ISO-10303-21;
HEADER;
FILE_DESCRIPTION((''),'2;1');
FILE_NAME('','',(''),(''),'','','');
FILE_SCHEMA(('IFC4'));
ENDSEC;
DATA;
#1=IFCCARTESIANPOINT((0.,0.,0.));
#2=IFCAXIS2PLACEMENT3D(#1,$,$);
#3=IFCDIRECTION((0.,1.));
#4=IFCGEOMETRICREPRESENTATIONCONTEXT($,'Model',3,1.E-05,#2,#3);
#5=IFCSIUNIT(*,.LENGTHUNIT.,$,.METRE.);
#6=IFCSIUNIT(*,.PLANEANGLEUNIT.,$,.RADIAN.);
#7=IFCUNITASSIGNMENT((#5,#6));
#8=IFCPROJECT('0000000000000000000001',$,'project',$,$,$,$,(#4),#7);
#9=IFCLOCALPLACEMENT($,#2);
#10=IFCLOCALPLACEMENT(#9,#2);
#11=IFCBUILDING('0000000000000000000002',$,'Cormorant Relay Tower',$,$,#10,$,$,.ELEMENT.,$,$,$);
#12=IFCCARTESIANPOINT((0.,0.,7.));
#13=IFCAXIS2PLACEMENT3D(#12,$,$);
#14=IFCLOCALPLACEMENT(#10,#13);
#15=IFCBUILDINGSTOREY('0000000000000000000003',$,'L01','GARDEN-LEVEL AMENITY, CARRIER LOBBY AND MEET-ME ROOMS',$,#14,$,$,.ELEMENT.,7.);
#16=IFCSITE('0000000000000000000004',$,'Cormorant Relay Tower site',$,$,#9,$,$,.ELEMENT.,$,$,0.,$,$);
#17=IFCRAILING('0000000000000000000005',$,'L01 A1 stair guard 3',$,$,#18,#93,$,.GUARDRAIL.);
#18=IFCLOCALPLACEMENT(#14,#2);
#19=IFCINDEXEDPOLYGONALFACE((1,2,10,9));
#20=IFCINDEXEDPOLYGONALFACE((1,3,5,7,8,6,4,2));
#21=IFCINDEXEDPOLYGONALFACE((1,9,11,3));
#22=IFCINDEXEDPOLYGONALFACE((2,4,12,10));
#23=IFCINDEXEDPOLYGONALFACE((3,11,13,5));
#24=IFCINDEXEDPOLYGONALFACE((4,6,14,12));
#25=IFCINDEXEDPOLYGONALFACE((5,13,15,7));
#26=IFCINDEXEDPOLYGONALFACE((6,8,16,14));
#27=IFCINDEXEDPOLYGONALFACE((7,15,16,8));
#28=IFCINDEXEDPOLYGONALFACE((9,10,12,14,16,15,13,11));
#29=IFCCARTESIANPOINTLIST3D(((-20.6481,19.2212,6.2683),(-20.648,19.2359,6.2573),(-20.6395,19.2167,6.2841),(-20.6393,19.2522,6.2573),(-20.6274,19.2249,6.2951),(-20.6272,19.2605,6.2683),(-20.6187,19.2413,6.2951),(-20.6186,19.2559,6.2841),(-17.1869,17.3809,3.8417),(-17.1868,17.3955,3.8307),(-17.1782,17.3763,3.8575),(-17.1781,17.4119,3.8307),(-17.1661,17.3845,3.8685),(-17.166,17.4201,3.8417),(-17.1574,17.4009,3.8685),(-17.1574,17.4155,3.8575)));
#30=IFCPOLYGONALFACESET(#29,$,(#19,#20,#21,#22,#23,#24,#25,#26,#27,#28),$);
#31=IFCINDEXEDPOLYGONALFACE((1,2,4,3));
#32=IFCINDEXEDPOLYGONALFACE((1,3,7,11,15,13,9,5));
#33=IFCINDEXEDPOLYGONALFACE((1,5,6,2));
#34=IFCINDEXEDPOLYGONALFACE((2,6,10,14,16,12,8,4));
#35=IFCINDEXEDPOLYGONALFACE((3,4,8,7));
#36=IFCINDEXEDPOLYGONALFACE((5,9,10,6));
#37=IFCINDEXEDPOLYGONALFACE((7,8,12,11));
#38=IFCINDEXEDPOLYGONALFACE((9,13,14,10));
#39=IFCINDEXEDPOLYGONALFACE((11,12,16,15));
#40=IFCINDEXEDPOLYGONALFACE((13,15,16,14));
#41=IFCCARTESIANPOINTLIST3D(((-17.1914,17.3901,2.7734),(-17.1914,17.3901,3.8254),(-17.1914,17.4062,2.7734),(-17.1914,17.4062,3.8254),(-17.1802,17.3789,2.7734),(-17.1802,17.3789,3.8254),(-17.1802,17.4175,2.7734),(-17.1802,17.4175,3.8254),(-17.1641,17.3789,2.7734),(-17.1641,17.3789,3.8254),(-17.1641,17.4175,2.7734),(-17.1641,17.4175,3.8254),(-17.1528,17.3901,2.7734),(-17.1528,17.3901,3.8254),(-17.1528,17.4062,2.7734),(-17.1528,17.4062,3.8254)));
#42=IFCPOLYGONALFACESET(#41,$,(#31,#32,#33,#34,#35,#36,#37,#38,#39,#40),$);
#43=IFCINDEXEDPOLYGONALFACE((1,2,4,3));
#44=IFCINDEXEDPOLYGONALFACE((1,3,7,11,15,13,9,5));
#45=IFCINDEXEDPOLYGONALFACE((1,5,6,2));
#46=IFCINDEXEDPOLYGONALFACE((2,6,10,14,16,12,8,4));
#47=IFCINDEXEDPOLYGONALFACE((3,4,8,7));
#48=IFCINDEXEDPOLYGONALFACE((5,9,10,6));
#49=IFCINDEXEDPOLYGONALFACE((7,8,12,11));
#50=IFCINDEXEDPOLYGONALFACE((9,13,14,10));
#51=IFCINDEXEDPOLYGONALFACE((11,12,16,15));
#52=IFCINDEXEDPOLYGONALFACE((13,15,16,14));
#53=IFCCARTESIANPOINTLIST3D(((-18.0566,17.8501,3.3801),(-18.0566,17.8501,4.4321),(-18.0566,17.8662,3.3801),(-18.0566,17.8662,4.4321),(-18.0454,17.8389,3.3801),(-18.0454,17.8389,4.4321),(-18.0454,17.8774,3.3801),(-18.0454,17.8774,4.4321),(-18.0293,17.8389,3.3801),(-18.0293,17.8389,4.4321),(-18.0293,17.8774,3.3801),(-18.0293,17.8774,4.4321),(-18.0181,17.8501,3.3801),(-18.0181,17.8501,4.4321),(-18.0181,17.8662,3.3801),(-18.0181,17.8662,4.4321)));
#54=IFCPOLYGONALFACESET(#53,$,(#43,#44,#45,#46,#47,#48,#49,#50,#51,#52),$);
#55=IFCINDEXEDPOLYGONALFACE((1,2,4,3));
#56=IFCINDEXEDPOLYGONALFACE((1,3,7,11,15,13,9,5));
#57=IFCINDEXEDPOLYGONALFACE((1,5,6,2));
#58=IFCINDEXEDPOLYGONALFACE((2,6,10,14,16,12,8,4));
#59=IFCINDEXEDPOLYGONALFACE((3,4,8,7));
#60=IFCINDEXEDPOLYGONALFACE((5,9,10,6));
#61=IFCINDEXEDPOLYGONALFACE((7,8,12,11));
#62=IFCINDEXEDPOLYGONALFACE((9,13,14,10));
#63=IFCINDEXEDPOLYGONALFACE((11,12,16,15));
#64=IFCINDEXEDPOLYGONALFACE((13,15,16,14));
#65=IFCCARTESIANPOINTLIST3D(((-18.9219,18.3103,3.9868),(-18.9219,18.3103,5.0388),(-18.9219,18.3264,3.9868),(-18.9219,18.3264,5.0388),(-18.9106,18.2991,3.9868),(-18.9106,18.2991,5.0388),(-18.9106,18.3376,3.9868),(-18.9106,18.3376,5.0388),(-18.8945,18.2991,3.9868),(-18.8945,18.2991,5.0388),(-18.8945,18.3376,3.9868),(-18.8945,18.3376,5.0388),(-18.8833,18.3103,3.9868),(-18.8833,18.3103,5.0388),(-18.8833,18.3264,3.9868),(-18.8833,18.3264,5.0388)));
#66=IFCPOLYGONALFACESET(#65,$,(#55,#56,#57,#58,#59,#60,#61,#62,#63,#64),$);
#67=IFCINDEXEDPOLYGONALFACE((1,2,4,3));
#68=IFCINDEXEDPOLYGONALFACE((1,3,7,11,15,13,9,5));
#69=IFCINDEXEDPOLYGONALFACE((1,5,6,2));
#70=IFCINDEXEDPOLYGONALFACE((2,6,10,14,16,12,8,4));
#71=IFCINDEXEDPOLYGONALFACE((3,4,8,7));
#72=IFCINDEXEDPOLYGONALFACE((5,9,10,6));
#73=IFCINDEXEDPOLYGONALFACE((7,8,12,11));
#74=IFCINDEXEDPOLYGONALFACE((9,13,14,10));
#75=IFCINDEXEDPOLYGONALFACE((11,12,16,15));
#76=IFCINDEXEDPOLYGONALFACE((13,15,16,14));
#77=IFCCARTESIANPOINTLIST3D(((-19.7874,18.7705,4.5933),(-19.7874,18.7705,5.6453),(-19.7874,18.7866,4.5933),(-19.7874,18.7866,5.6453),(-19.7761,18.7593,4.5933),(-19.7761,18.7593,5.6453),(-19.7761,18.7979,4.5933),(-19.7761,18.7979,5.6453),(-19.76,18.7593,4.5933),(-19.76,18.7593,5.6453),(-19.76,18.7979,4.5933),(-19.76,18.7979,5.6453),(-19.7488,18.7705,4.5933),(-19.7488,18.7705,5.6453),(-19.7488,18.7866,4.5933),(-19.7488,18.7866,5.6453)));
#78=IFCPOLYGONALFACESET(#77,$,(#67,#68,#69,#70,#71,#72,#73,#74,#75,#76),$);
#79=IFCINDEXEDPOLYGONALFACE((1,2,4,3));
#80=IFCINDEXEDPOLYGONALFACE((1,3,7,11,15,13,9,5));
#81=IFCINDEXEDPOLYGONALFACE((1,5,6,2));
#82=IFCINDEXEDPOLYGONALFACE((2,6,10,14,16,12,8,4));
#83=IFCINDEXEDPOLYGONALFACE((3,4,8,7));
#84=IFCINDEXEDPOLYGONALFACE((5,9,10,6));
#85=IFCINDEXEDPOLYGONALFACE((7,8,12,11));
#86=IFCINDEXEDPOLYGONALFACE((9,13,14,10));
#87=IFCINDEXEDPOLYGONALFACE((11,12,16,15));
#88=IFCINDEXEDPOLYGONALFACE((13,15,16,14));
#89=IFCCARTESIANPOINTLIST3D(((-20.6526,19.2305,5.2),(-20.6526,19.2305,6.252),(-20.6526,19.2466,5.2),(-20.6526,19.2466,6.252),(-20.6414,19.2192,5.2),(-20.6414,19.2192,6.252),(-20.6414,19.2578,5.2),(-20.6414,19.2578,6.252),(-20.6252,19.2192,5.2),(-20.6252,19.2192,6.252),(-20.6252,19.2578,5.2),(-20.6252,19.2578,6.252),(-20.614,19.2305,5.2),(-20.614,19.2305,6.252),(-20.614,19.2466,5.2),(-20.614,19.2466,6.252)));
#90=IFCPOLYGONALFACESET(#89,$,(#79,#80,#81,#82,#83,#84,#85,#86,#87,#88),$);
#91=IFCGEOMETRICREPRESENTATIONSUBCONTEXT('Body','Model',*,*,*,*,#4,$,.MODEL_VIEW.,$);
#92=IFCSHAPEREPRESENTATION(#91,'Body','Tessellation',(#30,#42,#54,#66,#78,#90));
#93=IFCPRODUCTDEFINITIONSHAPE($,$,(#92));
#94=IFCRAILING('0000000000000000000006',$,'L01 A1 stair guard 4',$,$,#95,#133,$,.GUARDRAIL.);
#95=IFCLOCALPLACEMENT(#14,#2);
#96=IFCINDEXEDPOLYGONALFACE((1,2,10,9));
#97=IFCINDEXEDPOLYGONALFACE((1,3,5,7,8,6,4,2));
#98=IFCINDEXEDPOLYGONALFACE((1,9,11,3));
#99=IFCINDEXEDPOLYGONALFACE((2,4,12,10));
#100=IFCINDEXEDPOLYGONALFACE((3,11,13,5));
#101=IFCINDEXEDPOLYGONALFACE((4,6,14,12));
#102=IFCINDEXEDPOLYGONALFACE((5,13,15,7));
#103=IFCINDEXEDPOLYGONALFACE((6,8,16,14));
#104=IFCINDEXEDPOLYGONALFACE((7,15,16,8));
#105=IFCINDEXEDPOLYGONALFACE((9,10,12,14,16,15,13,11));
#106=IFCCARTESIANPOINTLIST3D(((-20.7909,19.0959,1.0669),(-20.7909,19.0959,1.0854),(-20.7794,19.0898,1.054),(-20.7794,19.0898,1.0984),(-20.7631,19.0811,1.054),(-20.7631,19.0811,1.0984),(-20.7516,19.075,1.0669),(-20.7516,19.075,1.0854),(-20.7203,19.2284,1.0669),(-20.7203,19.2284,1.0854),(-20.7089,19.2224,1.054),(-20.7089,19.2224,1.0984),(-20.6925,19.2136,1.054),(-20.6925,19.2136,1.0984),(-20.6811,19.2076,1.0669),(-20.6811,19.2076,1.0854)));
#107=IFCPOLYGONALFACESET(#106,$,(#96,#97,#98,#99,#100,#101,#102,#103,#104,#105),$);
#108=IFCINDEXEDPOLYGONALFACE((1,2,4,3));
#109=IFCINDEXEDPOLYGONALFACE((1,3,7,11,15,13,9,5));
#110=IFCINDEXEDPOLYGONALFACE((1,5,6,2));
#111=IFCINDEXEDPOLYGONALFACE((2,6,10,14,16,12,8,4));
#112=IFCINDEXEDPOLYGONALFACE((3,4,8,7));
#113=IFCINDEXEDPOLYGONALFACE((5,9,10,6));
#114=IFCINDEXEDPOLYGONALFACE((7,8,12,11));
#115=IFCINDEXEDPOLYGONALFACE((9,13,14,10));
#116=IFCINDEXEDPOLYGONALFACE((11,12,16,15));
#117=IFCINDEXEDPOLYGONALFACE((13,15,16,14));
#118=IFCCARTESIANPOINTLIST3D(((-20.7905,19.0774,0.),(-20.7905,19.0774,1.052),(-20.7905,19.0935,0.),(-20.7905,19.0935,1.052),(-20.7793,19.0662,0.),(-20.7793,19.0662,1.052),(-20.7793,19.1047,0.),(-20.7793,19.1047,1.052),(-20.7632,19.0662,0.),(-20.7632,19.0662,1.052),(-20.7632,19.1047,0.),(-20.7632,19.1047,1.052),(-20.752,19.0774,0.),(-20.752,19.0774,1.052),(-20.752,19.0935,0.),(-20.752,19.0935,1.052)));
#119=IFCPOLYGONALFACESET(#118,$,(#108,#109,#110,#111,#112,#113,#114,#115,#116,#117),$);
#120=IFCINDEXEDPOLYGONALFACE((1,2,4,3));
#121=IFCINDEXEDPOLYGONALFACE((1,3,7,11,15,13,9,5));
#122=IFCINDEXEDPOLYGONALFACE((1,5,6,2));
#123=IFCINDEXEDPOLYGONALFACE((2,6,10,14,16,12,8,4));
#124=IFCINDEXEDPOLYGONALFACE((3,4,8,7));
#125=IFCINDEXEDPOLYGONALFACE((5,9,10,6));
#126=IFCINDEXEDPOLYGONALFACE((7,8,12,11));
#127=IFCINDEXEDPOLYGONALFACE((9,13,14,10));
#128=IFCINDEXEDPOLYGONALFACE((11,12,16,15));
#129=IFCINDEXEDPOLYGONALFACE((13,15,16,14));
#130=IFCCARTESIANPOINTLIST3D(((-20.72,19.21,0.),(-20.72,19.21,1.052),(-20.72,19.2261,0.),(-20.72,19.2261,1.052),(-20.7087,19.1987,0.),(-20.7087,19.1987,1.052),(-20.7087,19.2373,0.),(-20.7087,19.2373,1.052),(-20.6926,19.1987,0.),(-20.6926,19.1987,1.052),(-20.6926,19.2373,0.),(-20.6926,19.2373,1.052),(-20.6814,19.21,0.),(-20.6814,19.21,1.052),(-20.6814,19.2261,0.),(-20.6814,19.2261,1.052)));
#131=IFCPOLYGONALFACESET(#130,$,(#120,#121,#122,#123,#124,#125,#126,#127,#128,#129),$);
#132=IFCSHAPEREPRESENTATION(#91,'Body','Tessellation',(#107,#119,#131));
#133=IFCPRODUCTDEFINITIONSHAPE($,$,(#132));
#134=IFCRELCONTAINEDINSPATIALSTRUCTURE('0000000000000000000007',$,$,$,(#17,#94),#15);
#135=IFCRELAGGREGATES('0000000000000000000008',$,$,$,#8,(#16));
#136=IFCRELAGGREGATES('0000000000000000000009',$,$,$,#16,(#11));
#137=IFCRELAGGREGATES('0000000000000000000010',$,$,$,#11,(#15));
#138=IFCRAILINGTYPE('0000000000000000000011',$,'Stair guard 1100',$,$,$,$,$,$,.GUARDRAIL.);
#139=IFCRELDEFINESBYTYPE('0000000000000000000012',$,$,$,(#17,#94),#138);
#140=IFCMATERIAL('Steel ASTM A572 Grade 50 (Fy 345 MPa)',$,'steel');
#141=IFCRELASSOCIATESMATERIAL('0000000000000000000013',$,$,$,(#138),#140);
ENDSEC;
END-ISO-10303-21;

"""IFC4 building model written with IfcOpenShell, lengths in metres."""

from ifc_helpers import new_model, si_unit, direction, frame, origin, place, context, subcontext, project, spatial, polyline, outline, extrude, material, type_object, element, save


model = new_model("IFC4")

# Units and contexts
model_context = context("Model", 3, precision=1e-05, world=origin(), true_north=direction((0.0, 1.0)))
body_context = subcontext(model_context, "Body", "Model", "MODEL_VIEW")
ifc_project = project(units=[si_unit("LENGTHUNIT", "METRE"), si_unit("PLANEANGLEUNIT", "RADIAN")], contexts=[model_context])

# Site, building, storey
site_placement = place(None, origin())
site = spatial("IfcSite", under=ifc_project, at=site_placement, Name="Cormorant Relay Tower site", CompositionType="ELEMENT", RefElevation=0.0)
building_placement = place(site_placement, origin())
building = spatial("IfcBuilding", under=site, at=building_placement, Name="Cormorant Relay Tower", CompositionType="ELEMENT")
storey_placement = place(building_placement, frame((0.0, 0.0, 7.0)))
storey = spatial("IfcBuildingStorey", under=building, at=storey_placement, Name="L01", Description="GARDEN-LEVEL AMENITY, CARRIER LOBBY AND MEET-ME ROOMS", CompositionType="ELEMENT", Elevation=7.0)

# Railings
ifc_material_1 = material(Name="Steel ASTM A572 Grade 50 (Fy 345 MPa)", Category="steel")
railing_type_1 = type_object("IfcRailingType", Name="Stair guard 1100", PredefinedType="GUARDRAIL", material=ifc_material_1)
railing_1_placement = place(storey_placement, frame((-17.1721, 17.3982, 2.7734)))
element("IfcRailing", 1, at=railing_1_placement, inside=storey, type_object=railing_type_1, Name="L01 A1 stair guard 3", PredefinedType="GUARDRAIL", context=body_context, shape_type="SweptSolid", body=[
    extrude(outline(polyline([(0.0222, 0.0093), (0.0093, 0.0222), (-0.0093, 0.0222), (-0.0222, 0.0093), (-0.0222, -0.0093), (-0.0093, -0.0222), (0.0093, -0.0222), (0.0222, -0.0093), (0.0222, 0.0093)])), frame((0.0, 0.0, 1.0762), z_axis=(-0.750755, 0.399181, 0.526328), x_axis=(-0.469469, -0.882949, 0.0)), (0.0, 0.0, 1.0), 4.6104),
    extrude(outline(polyline([(0.0193, 0.0081), (0.0081, 0.0193), (-0.0081, 0.0193), (-0.0193, 0.0081), (-0.0193, -0.0081), (-0.0081, -0.0193), (0.0081, -0.0193), (0.0193, -0.0081), (0.0193, 0.0081)])), origin(), (0.0, 0.0, 1.0), 1.052),
    extrude(outline(polyline([(0.0193, 0.0081), (0.0081, 0.0193), (-0.0081, 0.0193), (-0.0193, 0.0081), (-0.0193, -0.0081), (-0.0081, -0.0193), (0.0081, -0.0193), (0.0193, -0.0081), (0.0193, 0.0081)])), frame((-0.8652, 0.46, 0.6067)), (0.0, 0.0, 1.0), 1.052),
    extrude(outline(polyline([(0.0193, 0.0081), (0.0081, 0.0193), (-0.0081, 0.0193), (-0.0193, 0.0081), (-0.0193, -0.0081), (-0.0081, -0.0193), (0.0081, -0.0193), (0.0193, -0.0081), (0.0193, 0.0081)])), frame((-1.7305, 0.9202, 1.2134)), (0.0, 0.0, 1.0), 1.052),
    extrude(outline(polyline([(0.0193, 0.0081), (0.0081, 0.0193), (-0.0081, 0.0193), (-0.0193, 0.0081), (-0.0193, -0.0081), (-0.0081, -0.0193), (0.0081, -0.0193), (0.0193, -0.0081), (0.0193, 0.0081)])), frame((-2.5959, 1.3804, 1.8198)), (0.0, 0.0, 1.0), 1.052),
    extrude(outline(polyline([(0.0193, 0.0081), (0.0081, 0.0193), (-0.0081, 0.0193), (-0.0193, 0.0081), (-0.0193, -0.0081), (-0.0081, -0.0193), (0.0081, -0.0193), (0.0193, -0.0081), (0.0193, 0.0081)])), frame((-3.4612, 1.8403, 2.4265)), (0.0, 0.0, 1.0), 1.052),
])
railing_2_placement = place(storey_placement, frame((-20.7712, 19.0854, 0.0)))
element("IfcRailing", 2, at=railing_2_placement, inside=storey, type_object=railing_type_1, Name="L01 A1 stair guard 4", PredefinedType="GUARDRAIL", context=body_context, shape_type="SweptSolid", body=[
    extrude(outline(polyline([(0.0222, 0.0093), (0.0093, 0.0222), (-0.0093, 0.0222), (-0.0222, 0.0093), (-0.0222, -0.0093), (-0.0093, -0.0222), (0.0093, -0.0222), (0.0222, -0.0093), (0.0222, 0.0093)])), frame((0.0, 0.0, 1.0762), z_axis=(0.469829, 0.882758, 0.0), x_axis=(-0.882758, 0.469829, 0.0)), (0.0, 0.0, 1.0), 0.1501),
    extrude(outline(polyline([(0.0193, 0.0081), (0.0081, 0.0193), (-0.0081, 0.0193), (-0.0193, 0.0081), (-0.0193, -0.0081), (-0.0081, -0.0193), (0.0081, -0.0193), (0.0193, -0.0081), (0.0193, 0.0081)])), origin(), (0.0, 0.0, 1.0), 1.052),
    extrude(outline(polyline([(0.0193, 0.0081), (0.0081, 0.0193), (-0.0081, 0.0193), (-0.0193, 0.0081), (-0.0193, -0.0081), (-0.0081, -0.0193), (0.0081, -0.0193), (0.0193, -0.0081), (0.0193, 0.0081)])), frame((0.0706, 0.1326, 0.0)), (0.0, 0.0, 1.0), 1.052),
])

save(model, "model.ifc")
